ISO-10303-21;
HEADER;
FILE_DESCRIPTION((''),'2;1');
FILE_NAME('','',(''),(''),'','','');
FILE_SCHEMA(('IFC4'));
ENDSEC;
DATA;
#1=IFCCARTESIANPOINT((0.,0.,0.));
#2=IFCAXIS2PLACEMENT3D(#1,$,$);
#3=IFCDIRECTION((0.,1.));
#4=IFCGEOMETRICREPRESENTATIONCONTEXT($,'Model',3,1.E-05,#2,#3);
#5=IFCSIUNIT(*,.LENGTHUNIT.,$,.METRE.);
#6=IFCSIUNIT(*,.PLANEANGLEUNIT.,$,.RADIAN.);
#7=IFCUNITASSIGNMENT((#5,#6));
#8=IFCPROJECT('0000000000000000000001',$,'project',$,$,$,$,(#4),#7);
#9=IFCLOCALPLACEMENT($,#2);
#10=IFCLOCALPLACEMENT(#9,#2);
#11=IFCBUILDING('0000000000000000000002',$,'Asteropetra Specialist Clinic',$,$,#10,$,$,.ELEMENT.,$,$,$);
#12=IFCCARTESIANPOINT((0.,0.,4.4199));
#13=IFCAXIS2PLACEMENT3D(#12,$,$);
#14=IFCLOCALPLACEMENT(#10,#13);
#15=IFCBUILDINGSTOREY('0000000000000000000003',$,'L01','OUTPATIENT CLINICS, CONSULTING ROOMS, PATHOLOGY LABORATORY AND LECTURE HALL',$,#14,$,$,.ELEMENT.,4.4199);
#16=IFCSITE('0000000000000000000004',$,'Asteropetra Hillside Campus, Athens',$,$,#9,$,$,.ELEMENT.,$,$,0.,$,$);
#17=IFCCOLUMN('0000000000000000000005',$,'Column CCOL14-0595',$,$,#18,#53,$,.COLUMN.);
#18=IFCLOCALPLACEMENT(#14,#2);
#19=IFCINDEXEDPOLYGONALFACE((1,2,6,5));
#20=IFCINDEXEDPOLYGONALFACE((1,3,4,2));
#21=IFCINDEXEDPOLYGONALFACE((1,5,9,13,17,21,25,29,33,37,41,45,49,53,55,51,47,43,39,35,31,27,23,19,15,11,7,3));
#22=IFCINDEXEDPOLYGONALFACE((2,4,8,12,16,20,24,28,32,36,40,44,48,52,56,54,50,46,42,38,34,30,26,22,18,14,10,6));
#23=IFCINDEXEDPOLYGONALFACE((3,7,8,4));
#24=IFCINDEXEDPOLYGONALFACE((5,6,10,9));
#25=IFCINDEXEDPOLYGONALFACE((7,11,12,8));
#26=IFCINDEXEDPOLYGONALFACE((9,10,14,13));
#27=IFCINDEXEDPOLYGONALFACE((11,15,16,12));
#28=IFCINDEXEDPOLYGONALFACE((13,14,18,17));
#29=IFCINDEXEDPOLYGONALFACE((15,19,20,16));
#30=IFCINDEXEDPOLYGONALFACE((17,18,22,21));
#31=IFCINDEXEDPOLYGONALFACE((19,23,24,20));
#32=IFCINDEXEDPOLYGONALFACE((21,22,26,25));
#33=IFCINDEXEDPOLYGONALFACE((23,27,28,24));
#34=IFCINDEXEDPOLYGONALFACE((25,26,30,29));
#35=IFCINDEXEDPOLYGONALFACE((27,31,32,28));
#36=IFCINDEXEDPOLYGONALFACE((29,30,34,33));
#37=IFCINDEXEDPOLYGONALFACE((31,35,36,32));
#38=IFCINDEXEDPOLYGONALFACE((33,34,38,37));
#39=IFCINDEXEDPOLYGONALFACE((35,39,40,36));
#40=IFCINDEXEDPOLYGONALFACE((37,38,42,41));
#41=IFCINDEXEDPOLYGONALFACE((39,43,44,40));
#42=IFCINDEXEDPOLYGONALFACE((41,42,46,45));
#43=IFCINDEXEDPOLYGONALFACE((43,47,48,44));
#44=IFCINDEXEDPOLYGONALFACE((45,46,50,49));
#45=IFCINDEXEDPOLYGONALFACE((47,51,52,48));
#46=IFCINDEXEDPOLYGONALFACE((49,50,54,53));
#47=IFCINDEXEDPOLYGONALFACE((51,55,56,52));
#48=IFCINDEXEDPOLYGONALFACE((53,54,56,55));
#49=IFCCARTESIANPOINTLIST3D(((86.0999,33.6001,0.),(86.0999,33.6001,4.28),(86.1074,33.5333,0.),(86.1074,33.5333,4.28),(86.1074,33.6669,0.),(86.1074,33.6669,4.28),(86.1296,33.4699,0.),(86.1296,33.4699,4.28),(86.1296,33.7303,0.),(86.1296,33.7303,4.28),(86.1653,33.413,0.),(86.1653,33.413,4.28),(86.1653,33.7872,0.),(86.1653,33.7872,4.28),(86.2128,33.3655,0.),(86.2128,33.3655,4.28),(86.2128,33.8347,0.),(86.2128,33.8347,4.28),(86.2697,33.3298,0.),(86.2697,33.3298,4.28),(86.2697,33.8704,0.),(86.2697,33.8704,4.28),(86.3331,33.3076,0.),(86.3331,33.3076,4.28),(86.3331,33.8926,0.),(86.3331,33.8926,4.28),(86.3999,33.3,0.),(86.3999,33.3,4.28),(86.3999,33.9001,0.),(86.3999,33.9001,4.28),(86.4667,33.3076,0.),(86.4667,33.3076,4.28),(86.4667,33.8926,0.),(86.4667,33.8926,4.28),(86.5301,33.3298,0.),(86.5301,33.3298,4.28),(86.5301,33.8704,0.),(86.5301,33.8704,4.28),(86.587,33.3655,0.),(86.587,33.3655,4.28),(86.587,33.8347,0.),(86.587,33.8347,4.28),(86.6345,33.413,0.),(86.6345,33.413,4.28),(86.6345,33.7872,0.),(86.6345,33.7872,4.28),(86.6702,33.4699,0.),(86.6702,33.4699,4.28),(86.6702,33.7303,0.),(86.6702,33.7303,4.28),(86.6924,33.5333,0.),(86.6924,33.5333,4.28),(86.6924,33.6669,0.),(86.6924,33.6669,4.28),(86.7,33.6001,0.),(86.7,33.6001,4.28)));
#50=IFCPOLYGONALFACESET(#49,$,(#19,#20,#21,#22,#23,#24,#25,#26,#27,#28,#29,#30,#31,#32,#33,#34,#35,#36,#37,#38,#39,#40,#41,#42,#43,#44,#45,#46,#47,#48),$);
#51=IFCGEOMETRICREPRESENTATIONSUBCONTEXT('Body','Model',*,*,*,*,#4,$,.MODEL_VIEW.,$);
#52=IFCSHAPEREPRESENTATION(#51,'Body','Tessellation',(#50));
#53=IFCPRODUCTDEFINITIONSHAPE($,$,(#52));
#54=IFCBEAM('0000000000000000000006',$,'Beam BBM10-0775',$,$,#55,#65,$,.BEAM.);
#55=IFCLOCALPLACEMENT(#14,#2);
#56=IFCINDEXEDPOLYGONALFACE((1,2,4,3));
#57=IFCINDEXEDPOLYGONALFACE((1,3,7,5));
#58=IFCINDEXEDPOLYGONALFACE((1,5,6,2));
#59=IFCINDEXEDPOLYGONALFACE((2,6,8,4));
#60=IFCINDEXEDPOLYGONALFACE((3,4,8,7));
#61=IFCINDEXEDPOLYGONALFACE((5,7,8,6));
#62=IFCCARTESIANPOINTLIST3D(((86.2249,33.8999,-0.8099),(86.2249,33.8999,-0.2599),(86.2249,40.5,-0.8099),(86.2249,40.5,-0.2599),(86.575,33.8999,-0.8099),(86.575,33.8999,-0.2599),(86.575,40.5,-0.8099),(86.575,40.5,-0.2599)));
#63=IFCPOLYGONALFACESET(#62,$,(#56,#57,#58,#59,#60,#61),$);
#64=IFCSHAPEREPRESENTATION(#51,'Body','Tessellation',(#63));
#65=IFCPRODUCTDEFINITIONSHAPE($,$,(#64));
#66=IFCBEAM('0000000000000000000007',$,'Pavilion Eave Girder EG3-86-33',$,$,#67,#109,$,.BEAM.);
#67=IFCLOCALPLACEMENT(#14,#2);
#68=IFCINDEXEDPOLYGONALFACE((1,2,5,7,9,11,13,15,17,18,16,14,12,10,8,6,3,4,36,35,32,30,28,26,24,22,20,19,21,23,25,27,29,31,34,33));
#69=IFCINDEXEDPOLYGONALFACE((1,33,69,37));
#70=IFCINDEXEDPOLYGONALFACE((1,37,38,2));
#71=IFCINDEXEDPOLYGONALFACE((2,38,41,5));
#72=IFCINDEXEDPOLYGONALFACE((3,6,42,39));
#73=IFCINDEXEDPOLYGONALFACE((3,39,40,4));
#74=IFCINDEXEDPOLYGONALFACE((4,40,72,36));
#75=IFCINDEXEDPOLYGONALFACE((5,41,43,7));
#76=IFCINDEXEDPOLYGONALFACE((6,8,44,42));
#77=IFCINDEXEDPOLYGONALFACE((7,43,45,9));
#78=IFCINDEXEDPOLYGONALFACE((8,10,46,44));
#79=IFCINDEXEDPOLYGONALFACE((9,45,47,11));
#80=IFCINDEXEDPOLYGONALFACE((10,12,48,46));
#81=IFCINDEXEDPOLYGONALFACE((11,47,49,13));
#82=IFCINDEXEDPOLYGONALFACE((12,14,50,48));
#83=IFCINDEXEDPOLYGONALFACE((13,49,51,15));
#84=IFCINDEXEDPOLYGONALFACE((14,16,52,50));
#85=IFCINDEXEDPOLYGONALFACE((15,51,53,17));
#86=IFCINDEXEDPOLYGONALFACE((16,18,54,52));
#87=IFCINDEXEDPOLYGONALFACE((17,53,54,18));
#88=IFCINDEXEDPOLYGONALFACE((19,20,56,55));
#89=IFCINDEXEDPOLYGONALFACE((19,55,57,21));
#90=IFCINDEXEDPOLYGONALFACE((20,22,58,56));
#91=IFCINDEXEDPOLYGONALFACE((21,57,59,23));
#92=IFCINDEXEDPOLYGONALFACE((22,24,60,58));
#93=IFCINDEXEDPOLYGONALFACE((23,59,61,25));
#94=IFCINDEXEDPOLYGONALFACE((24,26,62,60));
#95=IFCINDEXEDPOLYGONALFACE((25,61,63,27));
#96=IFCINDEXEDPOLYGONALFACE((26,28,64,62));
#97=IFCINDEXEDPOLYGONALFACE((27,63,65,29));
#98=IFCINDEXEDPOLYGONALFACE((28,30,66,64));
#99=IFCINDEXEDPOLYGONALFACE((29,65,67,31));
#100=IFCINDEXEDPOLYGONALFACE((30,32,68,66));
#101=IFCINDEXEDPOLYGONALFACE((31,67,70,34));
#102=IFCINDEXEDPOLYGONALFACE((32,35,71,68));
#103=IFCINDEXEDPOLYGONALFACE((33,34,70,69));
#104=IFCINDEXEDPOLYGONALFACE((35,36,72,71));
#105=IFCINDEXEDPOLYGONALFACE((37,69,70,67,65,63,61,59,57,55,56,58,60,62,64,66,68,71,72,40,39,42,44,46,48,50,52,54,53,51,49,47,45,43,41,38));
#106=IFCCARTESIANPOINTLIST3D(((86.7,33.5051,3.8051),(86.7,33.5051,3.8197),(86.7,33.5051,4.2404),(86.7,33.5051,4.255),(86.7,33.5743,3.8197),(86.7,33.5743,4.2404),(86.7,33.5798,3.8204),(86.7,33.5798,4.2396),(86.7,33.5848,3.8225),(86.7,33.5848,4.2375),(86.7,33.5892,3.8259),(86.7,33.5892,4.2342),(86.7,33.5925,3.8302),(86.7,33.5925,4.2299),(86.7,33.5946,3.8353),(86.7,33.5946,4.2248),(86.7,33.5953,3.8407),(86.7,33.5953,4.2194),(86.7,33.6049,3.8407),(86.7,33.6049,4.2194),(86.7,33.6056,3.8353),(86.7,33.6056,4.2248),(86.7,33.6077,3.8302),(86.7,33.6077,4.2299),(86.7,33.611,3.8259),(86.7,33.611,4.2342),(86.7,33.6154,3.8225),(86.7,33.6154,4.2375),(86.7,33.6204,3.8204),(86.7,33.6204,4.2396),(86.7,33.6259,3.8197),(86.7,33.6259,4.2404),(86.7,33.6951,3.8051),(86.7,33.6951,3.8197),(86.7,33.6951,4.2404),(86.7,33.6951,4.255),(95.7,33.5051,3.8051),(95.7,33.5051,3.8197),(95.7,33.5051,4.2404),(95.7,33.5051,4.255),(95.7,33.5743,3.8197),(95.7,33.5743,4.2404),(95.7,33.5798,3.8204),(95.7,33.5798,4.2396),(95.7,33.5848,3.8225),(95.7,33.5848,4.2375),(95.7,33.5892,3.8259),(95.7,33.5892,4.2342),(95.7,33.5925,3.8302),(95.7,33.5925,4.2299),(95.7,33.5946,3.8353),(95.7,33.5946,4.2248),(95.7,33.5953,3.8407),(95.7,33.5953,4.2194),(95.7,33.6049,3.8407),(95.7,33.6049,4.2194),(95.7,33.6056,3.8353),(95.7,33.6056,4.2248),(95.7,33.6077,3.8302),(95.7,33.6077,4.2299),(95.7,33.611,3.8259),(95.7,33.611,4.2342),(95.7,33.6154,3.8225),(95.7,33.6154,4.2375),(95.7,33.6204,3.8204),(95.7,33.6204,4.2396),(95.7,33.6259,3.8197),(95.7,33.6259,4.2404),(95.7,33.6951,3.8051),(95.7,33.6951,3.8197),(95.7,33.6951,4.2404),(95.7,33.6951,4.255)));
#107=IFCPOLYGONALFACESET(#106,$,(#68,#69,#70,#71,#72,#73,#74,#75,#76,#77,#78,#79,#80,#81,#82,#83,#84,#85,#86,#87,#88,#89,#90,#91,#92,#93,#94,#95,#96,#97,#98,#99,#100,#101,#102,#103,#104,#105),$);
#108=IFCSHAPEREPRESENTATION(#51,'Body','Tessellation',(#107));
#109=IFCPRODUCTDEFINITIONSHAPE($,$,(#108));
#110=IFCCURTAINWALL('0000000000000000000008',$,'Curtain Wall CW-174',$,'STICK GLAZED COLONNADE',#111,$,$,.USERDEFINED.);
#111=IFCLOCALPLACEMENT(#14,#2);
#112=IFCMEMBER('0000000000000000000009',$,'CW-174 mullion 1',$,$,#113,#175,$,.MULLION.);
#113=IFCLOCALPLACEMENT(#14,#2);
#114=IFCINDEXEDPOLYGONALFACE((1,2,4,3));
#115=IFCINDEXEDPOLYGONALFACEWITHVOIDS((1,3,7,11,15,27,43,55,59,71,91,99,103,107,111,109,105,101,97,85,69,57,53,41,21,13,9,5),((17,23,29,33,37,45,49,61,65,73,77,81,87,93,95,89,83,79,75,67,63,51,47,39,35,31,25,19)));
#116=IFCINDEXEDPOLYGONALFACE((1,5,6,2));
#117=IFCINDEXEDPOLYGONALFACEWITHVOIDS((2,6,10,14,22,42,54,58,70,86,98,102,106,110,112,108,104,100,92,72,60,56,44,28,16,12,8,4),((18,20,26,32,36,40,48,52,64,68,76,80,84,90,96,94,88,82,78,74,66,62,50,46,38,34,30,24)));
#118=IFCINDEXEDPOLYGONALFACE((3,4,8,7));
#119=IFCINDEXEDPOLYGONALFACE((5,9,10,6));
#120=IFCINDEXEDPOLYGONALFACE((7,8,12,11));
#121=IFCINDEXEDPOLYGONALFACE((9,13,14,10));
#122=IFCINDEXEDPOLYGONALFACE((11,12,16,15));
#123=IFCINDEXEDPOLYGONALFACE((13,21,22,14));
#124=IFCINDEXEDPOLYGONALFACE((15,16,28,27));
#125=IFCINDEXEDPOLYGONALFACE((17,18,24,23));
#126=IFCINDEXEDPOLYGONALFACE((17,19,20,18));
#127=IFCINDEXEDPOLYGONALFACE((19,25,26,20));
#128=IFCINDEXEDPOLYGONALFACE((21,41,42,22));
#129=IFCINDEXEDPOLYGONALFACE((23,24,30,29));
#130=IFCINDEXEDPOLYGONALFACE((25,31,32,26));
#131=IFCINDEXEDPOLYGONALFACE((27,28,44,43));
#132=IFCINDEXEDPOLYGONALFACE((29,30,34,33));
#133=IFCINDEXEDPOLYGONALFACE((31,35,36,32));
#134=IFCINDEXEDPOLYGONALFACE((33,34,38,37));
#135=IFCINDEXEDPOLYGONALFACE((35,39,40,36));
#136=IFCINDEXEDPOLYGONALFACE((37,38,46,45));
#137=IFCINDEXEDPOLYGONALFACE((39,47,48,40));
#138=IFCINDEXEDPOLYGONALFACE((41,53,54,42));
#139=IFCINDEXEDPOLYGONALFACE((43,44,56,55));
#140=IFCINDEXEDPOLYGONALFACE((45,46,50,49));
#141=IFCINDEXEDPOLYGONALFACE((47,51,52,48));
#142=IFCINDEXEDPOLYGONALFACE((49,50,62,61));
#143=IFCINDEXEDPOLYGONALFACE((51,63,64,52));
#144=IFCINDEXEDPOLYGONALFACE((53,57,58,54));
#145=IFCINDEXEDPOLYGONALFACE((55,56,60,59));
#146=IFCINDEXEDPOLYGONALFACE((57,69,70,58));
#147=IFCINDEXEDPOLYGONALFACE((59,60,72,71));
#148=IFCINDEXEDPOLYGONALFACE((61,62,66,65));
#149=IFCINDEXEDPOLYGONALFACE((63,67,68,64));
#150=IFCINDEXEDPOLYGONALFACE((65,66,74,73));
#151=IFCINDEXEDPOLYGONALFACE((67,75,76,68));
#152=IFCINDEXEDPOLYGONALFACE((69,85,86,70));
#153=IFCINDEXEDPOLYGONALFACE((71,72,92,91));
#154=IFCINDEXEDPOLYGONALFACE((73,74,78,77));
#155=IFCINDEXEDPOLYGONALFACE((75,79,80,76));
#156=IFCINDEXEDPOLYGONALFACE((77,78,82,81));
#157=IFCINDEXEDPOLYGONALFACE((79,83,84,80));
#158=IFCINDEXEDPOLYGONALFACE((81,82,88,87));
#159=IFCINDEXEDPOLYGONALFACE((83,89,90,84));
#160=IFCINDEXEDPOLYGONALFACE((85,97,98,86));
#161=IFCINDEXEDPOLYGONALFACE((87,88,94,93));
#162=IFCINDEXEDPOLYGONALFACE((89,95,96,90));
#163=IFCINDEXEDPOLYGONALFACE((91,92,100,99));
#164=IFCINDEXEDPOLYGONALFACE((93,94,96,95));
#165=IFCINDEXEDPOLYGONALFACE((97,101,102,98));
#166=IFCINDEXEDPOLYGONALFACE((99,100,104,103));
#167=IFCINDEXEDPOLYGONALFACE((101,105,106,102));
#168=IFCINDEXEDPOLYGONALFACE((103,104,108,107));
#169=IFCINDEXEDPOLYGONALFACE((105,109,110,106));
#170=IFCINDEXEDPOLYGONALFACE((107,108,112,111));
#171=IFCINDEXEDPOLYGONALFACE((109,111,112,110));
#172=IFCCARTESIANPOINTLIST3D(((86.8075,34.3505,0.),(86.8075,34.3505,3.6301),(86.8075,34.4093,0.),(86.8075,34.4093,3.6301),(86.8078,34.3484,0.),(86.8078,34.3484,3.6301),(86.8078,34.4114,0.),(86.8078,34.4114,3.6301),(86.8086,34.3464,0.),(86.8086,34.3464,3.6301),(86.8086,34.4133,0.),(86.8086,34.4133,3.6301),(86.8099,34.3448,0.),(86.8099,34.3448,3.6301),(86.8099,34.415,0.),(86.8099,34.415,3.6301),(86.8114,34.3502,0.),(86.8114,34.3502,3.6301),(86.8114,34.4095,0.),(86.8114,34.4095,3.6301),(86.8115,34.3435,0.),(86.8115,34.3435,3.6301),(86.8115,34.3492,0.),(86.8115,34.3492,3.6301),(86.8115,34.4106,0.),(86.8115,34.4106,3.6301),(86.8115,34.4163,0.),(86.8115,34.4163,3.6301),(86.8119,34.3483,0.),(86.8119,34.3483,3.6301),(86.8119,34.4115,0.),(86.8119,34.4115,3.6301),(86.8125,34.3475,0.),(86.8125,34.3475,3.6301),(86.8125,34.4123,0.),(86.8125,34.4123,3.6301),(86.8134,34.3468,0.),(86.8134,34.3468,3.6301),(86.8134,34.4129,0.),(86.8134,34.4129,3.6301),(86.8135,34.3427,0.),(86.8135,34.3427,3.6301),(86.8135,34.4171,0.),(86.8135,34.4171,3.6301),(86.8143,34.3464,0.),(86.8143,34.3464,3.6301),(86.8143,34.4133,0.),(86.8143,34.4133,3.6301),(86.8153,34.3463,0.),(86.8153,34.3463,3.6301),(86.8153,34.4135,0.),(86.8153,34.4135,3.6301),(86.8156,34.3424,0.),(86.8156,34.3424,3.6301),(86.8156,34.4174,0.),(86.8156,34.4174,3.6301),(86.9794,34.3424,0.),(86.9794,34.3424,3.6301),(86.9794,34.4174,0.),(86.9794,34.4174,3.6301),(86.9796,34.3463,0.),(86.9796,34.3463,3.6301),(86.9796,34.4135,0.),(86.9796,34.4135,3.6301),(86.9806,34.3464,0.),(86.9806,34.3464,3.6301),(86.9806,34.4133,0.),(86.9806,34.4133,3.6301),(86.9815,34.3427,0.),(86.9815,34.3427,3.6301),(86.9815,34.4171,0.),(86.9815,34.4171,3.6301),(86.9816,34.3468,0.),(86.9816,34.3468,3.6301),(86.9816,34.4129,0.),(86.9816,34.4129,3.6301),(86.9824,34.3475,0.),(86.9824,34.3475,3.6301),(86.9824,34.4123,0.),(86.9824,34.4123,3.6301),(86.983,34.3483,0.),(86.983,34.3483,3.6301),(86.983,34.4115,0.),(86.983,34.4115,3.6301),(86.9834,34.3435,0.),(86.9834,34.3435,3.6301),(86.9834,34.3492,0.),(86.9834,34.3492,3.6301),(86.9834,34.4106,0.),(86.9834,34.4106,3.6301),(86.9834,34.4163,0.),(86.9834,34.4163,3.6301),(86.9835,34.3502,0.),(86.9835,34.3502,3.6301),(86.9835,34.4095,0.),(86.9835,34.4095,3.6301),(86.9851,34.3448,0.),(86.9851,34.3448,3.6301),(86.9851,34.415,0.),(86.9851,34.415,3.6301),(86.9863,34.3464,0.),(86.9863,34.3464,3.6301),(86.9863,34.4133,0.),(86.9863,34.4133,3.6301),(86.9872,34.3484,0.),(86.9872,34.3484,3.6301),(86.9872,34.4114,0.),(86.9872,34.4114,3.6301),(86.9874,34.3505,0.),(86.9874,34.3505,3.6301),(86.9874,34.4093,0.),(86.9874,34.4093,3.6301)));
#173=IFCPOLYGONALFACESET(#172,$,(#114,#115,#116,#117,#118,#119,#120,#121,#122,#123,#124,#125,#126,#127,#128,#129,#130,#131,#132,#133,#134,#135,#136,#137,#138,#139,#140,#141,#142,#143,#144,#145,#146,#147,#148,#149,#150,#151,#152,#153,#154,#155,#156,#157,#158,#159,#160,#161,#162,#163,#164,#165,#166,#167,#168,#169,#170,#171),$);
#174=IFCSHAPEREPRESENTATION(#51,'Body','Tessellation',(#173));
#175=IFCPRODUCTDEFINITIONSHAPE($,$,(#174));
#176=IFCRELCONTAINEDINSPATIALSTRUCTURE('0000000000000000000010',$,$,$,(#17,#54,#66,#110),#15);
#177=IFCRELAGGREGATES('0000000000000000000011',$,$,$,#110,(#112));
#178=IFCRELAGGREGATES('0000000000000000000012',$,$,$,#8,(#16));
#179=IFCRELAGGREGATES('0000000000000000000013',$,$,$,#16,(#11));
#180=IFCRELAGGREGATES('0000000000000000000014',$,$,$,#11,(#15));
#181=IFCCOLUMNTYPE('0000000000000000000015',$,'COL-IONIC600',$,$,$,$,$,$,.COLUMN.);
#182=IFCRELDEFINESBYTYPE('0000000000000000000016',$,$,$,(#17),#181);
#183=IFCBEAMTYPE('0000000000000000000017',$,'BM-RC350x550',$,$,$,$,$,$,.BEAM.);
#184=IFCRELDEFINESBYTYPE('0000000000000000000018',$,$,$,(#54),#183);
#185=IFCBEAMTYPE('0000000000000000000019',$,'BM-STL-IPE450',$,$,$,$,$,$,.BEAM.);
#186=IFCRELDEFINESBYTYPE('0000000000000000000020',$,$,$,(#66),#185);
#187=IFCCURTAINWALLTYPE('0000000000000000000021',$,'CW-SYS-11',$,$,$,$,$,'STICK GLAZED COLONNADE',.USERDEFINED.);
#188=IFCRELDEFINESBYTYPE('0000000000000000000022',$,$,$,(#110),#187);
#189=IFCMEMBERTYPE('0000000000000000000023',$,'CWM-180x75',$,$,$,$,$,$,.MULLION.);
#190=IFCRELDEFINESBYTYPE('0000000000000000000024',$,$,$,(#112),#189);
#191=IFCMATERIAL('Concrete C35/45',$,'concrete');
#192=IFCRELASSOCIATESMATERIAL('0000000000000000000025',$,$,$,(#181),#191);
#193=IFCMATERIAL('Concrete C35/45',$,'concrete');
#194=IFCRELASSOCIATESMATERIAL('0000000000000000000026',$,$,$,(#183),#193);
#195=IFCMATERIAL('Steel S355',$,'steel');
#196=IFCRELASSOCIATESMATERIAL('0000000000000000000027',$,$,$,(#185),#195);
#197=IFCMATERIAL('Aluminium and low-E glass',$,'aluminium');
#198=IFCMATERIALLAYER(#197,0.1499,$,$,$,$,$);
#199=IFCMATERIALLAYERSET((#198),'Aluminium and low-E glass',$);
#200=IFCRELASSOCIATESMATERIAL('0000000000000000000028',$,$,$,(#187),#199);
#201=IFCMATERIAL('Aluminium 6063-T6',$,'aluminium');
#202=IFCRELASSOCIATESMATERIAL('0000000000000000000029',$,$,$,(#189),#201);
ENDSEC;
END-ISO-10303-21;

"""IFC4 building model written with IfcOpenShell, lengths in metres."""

from ifc_helpers import new_model, si_unit, direction, frame, origin, origin_2d, place, context, subcontext, project, spatial, rectangle, hollow_rectangle, circle, i_section, extrude, material, layer, layer_set, material_profile, profile_set, type_object, element, aggregate, save


model = new_model("IFC4")

# Units and contexts
model_context = context("Model", 3, precision=1e-05, world=origin(), true_north=direction((0.0, 1.0)))
body_context = subcontext(model_context, "Body", "Model", "MODEL_VIEW")
ifc_project = project(units=[si_unit("LENGTHUNIT", "METRE"), si_unit("PLANEANGLEUNIT", "RADIAN")], contexts=[model_context])

# Site, building, storey
site_placement = place(None, origin())
site = spatial("IfcSite", under=ifc_project, at=site_placement, Name="Asteropetra Hillside Campus, Athens", CompositionType="ELEMENT", RefElevation=0.0)
building_placement = place(site_placement, origin())
building = spatial("IfcBuilding", under=site, at=building_placement, Name="Asteropetra Specialist Clinic", CompositionType="ELEMENT")
storey_placement = place(building_placement, frame((0.0, 0.0, 4.4199)))
storey = spatial("IfcBuildingStorey", under=building, at=storey_placement, Name="L01", Description="OUTPATIENT CLINICS, CONSULTING ROOMS, PATHOLOGY LABORATORY AND LECTURE HALL", CompositionType="ELEMENT", Elevation=4.4199)

# Column
ifc_material_1 = material(Name="Concrete C35/45", Category="concrete")
ifc_material_profile_1 = material_profile(ifc_material_1, circle(Radius=0.3, at=origin_2d()), Name="RCC D600")
ifc_profile_set_1 = profile_set([ifc_material_profile_1], Name="Concrete C35/45")
column_type = type_object("IfcColumnType", Name="COL-IONIC600", PredefinedType="COLUMN", material=ifc_profile_set_1)
column_placement = place(storey_placement, frame((86.3999, 33.6001, 0.0), z_axis=(0.0, 0.0, 1.0), x_axis=(1.0, 0.0, 0.0)))
element("IfcColumn", 1, at=column_placement, inside=storey, type_object=column_type, Name="Column CCOL14-0595", PredefinedType="COLUMN", context=body_context, shape_type="SweptSolid", body=[
    extrude(circle(Radius=0.3, at=origin_2d()), origin(), (0.0, 0.0, 1.0), 4.28),
])

# Beams
ifc_material_2 = material(Name="Concrete C35/45", Category="concrete")
ifc_material_profile_2 = material_profile(ifc_material_2, rectangle(XDim=0.3501, YDim=0.55, at=origin_2d()), Name="RCB 350x550")
ifc_profile_set_2 = profile_set([ifc_material_profile_2], Name="Concrete C35/45")
beam_type_1 = type_object("IfcBeamType", Name="BM-RC350x550", PredefinedType="BEAM", material=ifc_profile_set_2)
beam_1_placement = place(storey_placement, frame((86.3999, 33.8999, -0.5349), z_axis=(0.0, 1.0, 0.0), x_axis=(-1.0, 0.0, 0.0)))
element("IfcBeam", 2, at=beam_1_placement, inside=storey, type_object=beam_type_1, Name="Beam BBM10-0775", PredefinedType="BEAM", context=body_context, shape_type="SweptSolid", body=[
    extrude(rectangle(XDim=0.3501, YDim=0.55, at=origin_2d()), origin(), (0.0, 0.0, 1.0), 6.6001),
])
ifc_material_3 = material(Name="Steel S355", Category="steel")
ifc_material_profile_3 = material_profile(ifc_material_3, i_section(OverallWidth=0.1899, OverallDepth=0.45, WebThickness=0.0095, FlangeThickness=0.0146, FilletRadius=0.021, at=origin_2d()), Name="IPE 450")
ifc_profile_set_3 = profile_set([ifc_material_profile_3], Name="Steel S355")
beam_type_2 = type_object("IfcBeamType", Name="BM-STL-IPE450", PredefinedType="BEAM", material=ifc_profile_set_3)
beam_2_placement = place(storey_placement, frame((86.7, 33.6001, 4.03), z_axis=(1.0, 0.0, 0.0), x_axis=(0.0, 1.0, 0.0)))
element("IfcBeam", 3, at=beam_2_placement, inside=storey, type_object=beam_type_2, Name="Pavilion Eave Girder EG3-86-33", PredefinedType="BEAM", context=body_context, shape_type="SweptSolid", body=[
    extrude(i_section(OverallWidth=0.1899, OverallDepth=0.45, WebThickness=0.0095, FlangeThickness=0.0146, FilletRadius=0.021, at=origin_2d()), origin(), (0.0, 0.0, 1.0), 9.0),
])

# Curtain wall, member
ifc_material_4 = material(Name="Aluminium and low-E glass", Category="aluminium")
ifc_layer_1 = layer(ifc_material_4, 0.1499)
ifc_layer_set_1 = layer_set([ifc_layer_1], Name="Aluminium and low-E glass")
curtain_wall_type = type_object("IfcCurtainWallType", Name="CW-SYS-11", ElementType="STICK GLAZED COLONNADE", PredefinedType="USERDEFINED", material=ifc_layer_set_1)
curtain_wall_placement = place(storey_placement, origin())
curtain_wall = element("IfcCurtainWall", 4, at=curtain_wall_placement, inside=storey, type_object=curtain_wall_type, Name="Curtain Wall CW-174", ObjectType="STICK GLAZED COLONNADE", PredefinedType="USERDEFINED")
ifc_material_5 = material(Name="Aluminium 6063-T6", Category="aluminium")
ifc_material_profile_4 = material_profile(ifc_material_5, hollow_rectangle(XDim=0.075, YDim=0.1799, WallThickness=0.0039, InnerFilletRadius=0.0039, OuterFilletRadius=0.0081, at=origin_2d()), Name="MUL 180x75x4.0")
ifc_profile_set_4 = profile_set([ifc_material_profile_4], Name="Aluminium 6063-T6")
member_type_1 = type_object("IfcMemberType", Name="CWM-180x75", PredefinedType="MULLION", material=ifc_profile_set_4)
member_1_placement = place(storey_placement, frame((86.8975, 34.3799, 0.0), z_axis=(0.0, 0.0, 1.0), x_axis=(0.0, 1.0, 0.0)))
member_1 = element("IfcMember", 5, at=member_1_placement, type_object=member_type_1, Name="CW-174 mullion 1", PredefinedType="MULLION", context=body_context, shape_type="SweptSolid", body=[
    extrude(hollow_rectangle(XDim=0.075, YDim=0.1799, WallThickness=0.0039, InnerFilletRadius=0.0039, OuterFilletRadius=0.0081, at=origin_2d()), origin(), (0.0, 0.0, 1.0), 3.6301),
])

aggregate(curtain_wall, [member_1])

save(model, "model.ifc")
